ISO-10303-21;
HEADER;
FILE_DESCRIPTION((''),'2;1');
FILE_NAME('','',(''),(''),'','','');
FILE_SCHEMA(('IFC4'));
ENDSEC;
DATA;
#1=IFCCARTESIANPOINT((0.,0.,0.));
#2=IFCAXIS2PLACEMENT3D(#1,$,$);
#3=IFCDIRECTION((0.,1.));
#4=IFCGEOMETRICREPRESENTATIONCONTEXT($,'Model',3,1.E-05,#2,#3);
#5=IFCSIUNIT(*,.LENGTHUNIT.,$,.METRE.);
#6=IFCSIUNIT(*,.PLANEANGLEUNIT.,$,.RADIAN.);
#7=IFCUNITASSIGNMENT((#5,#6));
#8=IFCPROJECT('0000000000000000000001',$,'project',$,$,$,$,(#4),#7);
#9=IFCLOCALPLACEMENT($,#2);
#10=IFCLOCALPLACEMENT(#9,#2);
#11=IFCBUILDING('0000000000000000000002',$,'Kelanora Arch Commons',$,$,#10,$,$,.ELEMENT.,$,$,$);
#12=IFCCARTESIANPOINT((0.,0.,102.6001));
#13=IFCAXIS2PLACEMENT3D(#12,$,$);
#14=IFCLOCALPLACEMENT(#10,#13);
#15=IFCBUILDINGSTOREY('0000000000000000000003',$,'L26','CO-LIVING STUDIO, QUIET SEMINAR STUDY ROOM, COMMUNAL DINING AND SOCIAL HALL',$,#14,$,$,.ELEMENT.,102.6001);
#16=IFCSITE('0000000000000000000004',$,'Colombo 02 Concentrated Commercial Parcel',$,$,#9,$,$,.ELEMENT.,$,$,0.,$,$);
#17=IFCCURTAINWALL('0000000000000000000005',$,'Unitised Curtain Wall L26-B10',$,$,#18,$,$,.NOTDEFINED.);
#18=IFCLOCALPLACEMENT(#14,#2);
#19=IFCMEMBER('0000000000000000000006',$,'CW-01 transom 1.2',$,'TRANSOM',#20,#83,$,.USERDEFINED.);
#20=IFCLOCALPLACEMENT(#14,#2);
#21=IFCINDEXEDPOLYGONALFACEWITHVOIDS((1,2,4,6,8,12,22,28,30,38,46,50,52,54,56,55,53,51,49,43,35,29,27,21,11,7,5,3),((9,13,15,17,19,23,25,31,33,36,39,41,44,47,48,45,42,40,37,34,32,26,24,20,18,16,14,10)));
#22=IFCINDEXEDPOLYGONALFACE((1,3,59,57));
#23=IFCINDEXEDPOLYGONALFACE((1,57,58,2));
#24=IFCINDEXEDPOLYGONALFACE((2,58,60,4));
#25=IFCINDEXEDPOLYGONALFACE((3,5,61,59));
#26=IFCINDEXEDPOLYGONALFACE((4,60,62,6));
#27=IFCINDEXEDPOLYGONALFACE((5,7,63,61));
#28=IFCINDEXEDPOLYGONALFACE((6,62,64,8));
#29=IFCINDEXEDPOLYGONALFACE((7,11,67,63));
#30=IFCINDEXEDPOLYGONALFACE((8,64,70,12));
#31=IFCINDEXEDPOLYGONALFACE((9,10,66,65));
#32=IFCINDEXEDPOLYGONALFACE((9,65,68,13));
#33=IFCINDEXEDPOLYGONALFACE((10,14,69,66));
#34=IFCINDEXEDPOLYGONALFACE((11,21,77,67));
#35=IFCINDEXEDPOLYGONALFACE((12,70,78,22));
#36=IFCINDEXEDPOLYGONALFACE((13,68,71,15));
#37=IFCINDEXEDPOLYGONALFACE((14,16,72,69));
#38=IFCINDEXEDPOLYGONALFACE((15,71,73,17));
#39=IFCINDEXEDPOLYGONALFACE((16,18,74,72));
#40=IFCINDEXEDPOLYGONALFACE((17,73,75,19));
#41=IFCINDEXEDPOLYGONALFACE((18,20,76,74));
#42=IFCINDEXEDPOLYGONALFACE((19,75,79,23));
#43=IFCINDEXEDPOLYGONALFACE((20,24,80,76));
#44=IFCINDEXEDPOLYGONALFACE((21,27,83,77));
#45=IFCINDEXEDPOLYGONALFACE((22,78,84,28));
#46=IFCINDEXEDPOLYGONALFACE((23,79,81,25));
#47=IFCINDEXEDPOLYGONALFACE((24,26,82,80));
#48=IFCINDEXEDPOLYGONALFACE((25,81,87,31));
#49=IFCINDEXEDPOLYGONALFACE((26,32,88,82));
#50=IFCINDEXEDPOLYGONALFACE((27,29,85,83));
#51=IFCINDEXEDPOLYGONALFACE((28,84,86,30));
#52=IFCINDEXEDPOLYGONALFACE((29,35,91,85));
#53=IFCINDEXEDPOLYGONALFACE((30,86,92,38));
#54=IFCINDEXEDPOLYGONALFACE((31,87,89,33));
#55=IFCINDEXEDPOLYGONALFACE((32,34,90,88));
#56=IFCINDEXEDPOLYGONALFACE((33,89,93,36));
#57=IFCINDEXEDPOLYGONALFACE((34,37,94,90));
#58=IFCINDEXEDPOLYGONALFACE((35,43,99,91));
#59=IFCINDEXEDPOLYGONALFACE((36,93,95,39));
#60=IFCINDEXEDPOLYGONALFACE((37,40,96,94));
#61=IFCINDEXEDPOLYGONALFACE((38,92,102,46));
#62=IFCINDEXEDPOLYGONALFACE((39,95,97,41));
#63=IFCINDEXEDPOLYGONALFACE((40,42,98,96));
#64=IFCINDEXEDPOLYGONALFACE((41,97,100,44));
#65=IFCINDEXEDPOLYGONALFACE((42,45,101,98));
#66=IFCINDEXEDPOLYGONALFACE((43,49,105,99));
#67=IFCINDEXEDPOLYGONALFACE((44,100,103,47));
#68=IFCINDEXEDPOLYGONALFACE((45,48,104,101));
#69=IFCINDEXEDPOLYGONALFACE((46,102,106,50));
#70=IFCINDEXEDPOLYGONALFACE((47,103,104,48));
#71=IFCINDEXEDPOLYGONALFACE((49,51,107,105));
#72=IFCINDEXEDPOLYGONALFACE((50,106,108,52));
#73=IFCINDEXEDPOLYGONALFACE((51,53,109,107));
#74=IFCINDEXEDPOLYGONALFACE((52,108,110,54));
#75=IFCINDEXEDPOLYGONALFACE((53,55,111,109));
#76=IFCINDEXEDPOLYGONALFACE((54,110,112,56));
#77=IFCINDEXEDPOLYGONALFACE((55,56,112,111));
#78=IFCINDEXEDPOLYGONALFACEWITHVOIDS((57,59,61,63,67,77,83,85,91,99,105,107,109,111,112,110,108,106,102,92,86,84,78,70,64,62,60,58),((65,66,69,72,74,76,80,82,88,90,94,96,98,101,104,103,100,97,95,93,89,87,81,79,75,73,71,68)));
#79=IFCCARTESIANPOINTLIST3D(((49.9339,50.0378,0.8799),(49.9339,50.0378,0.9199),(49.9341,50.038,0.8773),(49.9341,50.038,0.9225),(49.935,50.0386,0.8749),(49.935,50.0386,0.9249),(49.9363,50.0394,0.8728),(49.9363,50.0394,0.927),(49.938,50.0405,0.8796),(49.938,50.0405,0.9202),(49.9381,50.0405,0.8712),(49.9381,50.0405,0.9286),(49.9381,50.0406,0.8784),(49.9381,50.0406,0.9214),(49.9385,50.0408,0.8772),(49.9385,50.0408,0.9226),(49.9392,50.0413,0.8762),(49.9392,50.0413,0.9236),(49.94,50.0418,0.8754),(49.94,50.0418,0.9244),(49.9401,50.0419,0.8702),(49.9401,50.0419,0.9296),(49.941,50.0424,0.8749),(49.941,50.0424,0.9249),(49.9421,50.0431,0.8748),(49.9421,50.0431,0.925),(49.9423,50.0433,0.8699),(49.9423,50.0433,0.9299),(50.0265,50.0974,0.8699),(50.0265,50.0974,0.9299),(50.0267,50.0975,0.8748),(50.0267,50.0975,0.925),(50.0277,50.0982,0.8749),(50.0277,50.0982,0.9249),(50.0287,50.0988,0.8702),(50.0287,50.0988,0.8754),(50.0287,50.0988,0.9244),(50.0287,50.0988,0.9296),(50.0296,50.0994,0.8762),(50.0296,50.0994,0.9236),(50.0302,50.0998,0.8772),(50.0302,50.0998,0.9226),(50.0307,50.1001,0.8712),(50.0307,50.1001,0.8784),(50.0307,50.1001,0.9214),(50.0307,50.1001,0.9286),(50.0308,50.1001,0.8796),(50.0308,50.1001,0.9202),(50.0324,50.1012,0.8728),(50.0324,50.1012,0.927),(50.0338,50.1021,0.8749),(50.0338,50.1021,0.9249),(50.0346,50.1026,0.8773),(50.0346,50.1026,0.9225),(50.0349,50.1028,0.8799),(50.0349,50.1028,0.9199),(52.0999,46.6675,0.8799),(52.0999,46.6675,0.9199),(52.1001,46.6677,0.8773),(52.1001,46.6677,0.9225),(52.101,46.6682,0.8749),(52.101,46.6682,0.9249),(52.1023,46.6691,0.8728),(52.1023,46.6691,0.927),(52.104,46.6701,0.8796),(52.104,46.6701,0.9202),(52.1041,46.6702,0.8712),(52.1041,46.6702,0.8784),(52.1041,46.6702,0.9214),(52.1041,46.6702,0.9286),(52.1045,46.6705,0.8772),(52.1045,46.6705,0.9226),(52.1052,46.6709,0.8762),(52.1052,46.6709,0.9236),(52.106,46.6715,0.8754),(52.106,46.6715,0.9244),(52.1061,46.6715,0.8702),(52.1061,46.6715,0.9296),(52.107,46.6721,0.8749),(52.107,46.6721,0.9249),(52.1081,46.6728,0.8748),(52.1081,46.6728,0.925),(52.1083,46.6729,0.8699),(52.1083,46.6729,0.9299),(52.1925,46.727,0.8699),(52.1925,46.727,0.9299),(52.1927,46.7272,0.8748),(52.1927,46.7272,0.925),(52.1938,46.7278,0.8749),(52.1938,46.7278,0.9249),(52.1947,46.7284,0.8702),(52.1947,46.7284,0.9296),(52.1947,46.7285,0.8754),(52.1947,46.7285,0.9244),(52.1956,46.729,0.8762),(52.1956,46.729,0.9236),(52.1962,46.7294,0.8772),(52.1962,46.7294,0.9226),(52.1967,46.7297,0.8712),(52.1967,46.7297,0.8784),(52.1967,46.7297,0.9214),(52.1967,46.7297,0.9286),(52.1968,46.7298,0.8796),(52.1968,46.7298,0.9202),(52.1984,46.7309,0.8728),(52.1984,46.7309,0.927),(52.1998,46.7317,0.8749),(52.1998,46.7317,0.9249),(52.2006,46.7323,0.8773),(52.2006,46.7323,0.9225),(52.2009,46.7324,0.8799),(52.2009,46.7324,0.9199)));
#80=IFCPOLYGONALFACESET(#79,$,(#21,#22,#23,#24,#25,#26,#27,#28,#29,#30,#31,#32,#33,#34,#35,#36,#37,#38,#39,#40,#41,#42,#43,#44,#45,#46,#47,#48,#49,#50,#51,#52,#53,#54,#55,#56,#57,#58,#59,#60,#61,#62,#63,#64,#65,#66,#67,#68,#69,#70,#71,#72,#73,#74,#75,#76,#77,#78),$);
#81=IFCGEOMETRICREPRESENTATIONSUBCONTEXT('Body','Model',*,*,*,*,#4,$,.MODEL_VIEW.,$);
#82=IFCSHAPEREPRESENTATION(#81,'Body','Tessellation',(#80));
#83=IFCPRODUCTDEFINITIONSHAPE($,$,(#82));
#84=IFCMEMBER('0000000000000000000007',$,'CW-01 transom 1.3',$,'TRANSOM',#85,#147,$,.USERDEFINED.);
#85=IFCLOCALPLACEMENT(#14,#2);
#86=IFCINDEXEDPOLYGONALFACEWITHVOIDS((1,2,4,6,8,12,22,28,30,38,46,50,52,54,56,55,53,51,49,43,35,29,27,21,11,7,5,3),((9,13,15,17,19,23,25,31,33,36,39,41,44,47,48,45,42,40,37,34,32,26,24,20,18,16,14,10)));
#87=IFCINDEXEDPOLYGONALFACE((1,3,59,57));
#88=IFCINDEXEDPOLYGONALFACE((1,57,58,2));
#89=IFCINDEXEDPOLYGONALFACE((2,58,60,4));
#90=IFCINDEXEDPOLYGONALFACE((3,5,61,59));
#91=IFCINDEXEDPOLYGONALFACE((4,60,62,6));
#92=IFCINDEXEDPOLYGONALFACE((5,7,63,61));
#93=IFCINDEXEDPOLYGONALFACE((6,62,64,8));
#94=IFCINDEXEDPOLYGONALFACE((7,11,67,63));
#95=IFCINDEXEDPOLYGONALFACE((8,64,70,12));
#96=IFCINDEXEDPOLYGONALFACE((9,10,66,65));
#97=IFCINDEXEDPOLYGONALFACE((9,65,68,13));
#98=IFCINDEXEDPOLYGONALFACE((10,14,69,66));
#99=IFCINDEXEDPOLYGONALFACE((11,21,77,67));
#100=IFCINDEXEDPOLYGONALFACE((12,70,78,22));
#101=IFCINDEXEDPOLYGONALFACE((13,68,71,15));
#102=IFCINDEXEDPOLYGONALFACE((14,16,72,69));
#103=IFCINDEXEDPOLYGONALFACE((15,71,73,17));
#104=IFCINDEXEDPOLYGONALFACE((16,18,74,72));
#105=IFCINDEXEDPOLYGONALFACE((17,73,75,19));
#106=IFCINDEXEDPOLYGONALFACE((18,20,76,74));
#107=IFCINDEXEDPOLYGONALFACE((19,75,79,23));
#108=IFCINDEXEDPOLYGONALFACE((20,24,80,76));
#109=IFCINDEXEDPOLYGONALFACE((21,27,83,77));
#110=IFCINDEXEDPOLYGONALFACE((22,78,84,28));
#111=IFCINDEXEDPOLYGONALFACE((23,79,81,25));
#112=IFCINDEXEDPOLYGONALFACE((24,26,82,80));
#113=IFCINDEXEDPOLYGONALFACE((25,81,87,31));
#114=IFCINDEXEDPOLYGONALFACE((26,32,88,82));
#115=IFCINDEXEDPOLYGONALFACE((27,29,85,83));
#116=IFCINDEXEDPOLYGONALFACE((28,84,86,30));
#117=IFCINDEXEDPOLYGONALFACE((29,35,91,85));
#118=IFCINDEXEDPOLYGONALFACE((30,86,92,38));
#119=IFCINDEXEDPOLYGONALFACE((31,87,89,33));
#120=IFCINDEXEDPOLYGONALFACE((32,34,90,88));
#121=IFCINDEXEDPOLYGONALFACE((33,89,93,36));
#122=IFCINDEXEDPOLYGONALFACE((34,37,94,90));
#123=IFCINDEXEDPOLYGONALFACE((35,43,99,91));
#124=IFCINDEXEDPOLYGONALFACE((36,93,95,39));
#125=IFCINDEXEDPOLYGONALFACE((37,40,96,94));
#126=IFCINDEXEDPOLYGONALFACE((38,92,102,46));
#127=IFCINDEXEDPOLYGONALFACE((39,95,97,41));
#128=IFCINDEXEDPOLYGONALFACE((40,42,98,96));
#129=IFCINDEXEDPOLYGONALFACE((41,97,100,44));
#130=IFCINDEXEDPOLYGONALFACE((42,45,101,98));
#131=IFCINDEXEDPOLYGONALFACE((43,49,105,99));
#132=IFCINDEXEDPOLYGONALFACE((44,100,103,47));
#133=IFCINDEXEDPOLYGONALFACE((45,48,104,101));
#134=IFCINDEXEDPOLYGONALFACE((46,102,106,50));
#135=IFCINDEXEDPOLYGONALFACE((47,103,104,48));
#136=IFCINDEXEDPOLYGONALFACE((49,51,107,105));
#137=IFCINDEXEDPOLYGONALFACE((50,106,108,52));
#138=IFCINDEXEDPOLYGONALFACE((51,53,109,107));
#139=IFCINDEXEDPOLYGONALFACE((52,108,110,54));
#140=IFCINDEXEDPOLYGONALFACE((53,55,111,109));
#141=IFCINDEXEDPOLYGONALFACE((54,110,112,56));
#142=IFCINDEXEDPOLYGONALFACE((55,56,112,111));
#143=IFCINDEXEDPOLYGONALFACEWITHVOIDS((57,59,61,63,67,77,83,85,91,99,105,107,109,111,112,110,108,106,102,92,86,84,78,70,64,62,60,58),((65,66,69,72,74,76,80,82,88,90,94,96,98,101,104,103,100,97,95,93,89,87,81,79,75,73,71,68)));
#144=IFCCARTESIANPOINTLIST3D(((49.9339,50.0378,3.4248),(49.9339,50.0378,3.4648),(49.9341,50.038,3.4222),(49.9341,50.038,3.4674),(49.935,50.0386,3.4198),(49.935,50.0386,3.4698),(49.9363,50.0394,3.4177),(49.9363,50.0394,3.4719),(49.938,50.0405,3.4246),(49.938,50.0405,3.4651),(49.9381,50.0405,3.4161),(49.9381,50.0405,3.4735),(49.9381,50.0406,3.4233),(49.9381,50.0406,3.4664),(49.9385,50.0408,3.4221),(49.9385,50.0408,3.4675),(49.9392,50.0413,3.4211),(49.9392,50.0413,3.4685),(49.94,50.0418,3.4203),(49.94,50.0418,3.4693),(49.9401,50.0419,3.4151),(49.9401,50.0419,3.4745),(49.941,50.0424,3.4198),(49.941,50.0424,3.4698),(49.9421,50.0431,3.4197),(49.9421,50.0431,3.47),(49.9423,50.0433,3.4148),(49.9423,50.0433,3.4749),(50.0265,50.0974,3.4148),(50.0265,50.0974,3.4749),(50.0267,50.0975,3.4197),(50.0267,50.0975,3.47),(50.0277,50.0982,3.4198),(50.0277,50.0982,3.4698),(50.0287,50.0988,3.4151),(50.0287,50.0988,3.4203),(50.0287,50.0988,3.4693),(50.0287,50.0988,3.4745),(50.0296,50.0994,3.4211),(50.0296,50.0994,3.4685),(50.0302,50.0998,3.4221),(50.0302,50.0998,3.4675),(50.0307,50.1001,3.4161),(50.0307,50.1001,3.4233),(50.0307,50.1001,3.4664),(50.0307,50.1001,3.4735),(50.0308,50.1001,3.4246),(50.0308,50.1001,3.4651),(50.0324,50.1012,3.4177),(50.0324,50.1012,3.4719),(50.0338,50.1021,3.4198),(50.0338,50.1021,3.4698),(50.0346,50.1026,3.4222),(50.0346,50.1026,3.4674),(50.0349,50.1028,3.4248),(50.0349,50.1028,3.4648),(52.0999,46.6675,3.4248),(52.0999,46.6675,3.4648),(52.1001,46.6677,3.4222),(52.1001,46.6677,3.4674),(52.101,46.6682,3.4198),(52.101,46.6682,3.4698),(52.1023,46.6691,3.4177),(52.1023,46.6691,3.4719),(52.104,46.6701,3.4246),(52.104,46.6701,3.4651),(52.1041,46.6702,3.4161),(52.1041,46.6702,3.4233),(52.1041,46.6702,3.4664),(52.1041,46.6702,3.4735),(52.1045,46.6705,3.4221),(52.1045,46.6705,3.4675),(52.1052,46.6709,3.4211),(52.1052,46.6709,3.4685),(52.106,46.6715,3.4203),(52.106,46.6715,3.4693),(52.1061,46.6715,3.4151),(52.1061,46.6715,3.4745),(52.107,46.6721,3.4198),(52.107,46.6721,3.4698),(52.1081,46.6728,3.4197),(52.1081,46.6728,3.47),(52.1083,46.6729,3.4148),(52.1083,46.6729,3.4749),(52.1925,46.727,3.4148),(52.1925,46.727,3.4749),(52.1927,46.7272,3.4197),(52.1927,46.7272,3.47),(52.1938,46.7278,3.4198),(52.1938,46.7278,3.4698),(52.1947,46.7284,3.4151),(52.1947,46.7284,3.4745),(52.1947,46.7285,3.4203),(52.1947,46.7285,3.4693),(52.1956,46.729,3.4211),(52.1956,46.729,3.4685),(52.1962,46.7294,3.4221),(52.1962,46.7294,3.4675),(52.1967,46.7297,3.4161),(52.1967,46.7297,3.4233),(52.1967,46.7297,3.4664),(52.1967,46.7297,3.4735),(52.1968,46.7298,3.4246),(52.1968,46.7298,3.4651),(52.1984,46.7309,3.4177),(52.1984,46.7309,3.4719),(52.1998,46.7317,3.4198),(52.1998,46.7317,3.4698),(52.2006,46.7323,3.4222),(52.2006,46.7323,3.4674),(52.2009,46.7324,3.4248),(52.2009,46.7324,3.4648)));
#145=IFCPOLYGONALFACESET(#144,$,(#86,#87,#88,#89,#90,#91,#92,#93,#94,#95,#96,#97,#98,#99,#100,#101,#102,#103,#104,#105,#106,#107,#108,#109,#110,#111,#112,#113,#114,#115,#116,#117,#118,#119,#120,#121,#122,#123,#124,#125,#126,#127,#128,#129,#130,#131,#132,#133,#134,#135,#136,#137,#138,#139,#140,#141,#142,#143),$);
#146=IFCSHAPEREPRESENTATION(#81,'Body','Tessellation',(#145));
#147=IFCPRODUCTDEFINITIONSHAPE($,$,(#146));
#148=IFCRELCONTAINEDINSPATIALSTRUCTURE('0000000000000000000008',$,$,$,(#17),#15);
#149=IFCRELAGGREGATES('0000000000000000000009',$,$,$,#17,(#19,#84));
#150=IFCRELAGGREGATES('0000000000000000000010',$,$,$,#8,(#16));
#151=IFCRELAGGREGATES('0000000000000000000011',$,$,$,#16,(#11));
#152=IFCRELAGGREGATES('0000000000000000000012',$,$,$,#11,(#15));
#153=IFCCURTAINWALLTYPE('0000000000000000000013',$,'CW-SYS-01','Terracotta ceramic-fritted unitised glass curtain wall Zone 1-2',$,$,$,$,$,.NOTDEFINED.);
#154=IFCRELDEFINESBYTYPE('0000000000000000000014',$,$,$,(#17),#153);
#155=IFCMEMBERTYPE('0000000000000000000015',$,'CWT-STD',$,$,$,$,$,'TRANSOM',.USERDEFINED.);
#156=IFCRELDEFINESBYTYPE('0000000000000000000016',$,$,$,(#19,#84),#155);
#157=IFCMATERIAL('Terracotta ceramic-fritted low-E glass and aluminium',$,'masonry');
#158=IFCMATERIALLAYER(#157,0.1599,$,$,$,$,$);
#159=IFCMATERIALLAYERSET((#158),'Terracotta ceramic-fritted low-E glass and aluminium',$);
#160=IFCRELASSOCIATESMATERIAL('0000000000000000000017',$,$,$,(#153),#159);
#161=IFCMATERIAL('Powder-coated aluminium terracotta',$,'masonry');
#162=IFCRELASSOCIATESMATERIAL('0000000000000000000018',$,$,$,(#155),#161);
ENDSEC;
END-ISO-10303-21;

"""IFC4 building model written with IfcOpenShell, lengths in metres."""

from ifc_helpers import new_model, si_unit, direction, frame, origin, origin_2d, place, context, subcontext, project, spatial, hollow_rectangle, extrude, material, layer, layer_set, material_profile, profile_set, type_object, element, aggregate, save


model = new_model("IFC4")

# Units and contexts
model_context = context("Model", 3, precision=1e-05, world=origin(), true_north=direction((0.0, 1.0)))
body_context = subcontext(model_context, "Body", "Model", "MODEL_VIEW")
ifc_project = project(units=[si_unit("LENGTHUNIT", "METRE"), si_unit("PLANEANGLEUNIT", "RADIAN")], contexts=[model_context])

# Site, building, storey
site_placement = place(None, origin())
site = spatial("IfcSite", under=ifc_project, at=site_placement, Name="Colombo 02 Concentrated Commercial Parcel", CompositionType="ELEMENT", RefElevation=0.0)
building_placement = place(site_placement, origin())
building = spatial("IfcBuilding", under=site, at=building_placement, Name="Kelanora Arch Commons", CompositionType="ELEMENT")
storey_placement = place(building_placement, frame((0.0, 0.0, 102.6001)))
storey = spatial("IfcBuildingStorey", under=building, at=storey_placement, Name="L26", Description="CO-LIVING STUDIO, QUIET SEMINAR STUDY ROOM, COMMUNAL DINING AND SOCIAL HALL", CompositionType="ELEMENT", Elevation=102.6001)

# Shared definitions
ifc_material_1 = material(Name="Terracotta ceramic-fritted low-E glass and aluminium", Category="masonry")
ifc_layer_1 = layer(ifc_material_1, 0.1599)
ifc_layer_set_1 = layer_set([ifc_layer_1], Name="Terracotta ceramic-fritted low-E glass and aluminium")
curtain_wall_type = type_object("IfcCurtainWallType", Name="CW-SYS-01", Description="Terracotta ceramic-fritted unitised glass curtain wall Zone 1-2", PredefinedType="NOTDEFINED", material=ifc_layer_set_1)
ifc_material_2 = material(Name="Powder-coated aluminium terracotta", Category="masonry")

# Curtain wall, members
curtain_wall_1_placement = place(storey_placement, origin())
curtain_wall_1 = element("IfcCurtainWall", 1, at=curtain_wall_1_placement, inside=storey, type_object=curtain_wall_type, Name="Unitised Curtain Wall L26-B10", PredefinedType="NOTDEFINED")
ifc_material_profile_1 = material_profile(ifc_material_2, hollow_rectangle(XDim=0.1201, YDim=0.0601, WallThickness=0.0049, InnerFilletRadius=0.0049, OuterFilletRadius=0.01, at=origin_2d()), Name="CWT120x60")
ifc_profile_set_1 = profile_set([ifc_material_profile_1], Name="Powder-coated aluminium terracotta")
member_type_1 = type_object("IfcMemberType", Name="CWT-STD", ElementType="TRANSOM", PredefinedType="USERDEFINED", material=ifc_profile_set_1)
member_1_placement = place(storey_placement, frame((49.9844, 50.0703, 0.8999), z_axis=(0.540644, -0.841252, 0.0), x_axis=(0.841252, 0.540644, 0.0)))
member_1 = element("IfcMember", 2, at=member_1_placement, type_object=member_type_1, Name="CW-01 transom 1.2", ObjectType="TRANSOM", PredefinedType="USERDEFINED", context=body_context, shape_type="SweptSolid", body=[
    extrude(hollow_rectangle(XDim=0.1201, YDim=0.0601, WallThickness=0.0049, InnerFilletRadius=0.0049, OuterFilletRadius=0.01, at=origin_2d()), origin(), (0.0, 0.0, 1.0), 4.0063),
])
member_2_placement = place(storey_placement, frame((49.9844, 50.0703, 3.4448), z_axis=(0.540644, -0.841252, 0.0), x_axis=(0.841252, 0.540644, 0.0)))
member_2 = element("IfcMember", 3, at=member_2_placement, type_object=member_type_1, Name="CW-01 transom 1.3", ObjectType="TRANSOM", PredefinedType="USERDEFINED", context=body_context, shape_type="SweptSolid", body=[
    extrude(hollow_rectangle(XDim=0.1201, YDim=0.0601, WallThickness=0.0049, InnerFilletRadius=0.0049, OuterFilletRadius=0.01, at=origin_2d()), origin(), (0.0, 0.0, 1.0), 4.0063),
])

aggregate(curtain_wall_1, [member_1, member_2])

save(model, "model.ifc")
